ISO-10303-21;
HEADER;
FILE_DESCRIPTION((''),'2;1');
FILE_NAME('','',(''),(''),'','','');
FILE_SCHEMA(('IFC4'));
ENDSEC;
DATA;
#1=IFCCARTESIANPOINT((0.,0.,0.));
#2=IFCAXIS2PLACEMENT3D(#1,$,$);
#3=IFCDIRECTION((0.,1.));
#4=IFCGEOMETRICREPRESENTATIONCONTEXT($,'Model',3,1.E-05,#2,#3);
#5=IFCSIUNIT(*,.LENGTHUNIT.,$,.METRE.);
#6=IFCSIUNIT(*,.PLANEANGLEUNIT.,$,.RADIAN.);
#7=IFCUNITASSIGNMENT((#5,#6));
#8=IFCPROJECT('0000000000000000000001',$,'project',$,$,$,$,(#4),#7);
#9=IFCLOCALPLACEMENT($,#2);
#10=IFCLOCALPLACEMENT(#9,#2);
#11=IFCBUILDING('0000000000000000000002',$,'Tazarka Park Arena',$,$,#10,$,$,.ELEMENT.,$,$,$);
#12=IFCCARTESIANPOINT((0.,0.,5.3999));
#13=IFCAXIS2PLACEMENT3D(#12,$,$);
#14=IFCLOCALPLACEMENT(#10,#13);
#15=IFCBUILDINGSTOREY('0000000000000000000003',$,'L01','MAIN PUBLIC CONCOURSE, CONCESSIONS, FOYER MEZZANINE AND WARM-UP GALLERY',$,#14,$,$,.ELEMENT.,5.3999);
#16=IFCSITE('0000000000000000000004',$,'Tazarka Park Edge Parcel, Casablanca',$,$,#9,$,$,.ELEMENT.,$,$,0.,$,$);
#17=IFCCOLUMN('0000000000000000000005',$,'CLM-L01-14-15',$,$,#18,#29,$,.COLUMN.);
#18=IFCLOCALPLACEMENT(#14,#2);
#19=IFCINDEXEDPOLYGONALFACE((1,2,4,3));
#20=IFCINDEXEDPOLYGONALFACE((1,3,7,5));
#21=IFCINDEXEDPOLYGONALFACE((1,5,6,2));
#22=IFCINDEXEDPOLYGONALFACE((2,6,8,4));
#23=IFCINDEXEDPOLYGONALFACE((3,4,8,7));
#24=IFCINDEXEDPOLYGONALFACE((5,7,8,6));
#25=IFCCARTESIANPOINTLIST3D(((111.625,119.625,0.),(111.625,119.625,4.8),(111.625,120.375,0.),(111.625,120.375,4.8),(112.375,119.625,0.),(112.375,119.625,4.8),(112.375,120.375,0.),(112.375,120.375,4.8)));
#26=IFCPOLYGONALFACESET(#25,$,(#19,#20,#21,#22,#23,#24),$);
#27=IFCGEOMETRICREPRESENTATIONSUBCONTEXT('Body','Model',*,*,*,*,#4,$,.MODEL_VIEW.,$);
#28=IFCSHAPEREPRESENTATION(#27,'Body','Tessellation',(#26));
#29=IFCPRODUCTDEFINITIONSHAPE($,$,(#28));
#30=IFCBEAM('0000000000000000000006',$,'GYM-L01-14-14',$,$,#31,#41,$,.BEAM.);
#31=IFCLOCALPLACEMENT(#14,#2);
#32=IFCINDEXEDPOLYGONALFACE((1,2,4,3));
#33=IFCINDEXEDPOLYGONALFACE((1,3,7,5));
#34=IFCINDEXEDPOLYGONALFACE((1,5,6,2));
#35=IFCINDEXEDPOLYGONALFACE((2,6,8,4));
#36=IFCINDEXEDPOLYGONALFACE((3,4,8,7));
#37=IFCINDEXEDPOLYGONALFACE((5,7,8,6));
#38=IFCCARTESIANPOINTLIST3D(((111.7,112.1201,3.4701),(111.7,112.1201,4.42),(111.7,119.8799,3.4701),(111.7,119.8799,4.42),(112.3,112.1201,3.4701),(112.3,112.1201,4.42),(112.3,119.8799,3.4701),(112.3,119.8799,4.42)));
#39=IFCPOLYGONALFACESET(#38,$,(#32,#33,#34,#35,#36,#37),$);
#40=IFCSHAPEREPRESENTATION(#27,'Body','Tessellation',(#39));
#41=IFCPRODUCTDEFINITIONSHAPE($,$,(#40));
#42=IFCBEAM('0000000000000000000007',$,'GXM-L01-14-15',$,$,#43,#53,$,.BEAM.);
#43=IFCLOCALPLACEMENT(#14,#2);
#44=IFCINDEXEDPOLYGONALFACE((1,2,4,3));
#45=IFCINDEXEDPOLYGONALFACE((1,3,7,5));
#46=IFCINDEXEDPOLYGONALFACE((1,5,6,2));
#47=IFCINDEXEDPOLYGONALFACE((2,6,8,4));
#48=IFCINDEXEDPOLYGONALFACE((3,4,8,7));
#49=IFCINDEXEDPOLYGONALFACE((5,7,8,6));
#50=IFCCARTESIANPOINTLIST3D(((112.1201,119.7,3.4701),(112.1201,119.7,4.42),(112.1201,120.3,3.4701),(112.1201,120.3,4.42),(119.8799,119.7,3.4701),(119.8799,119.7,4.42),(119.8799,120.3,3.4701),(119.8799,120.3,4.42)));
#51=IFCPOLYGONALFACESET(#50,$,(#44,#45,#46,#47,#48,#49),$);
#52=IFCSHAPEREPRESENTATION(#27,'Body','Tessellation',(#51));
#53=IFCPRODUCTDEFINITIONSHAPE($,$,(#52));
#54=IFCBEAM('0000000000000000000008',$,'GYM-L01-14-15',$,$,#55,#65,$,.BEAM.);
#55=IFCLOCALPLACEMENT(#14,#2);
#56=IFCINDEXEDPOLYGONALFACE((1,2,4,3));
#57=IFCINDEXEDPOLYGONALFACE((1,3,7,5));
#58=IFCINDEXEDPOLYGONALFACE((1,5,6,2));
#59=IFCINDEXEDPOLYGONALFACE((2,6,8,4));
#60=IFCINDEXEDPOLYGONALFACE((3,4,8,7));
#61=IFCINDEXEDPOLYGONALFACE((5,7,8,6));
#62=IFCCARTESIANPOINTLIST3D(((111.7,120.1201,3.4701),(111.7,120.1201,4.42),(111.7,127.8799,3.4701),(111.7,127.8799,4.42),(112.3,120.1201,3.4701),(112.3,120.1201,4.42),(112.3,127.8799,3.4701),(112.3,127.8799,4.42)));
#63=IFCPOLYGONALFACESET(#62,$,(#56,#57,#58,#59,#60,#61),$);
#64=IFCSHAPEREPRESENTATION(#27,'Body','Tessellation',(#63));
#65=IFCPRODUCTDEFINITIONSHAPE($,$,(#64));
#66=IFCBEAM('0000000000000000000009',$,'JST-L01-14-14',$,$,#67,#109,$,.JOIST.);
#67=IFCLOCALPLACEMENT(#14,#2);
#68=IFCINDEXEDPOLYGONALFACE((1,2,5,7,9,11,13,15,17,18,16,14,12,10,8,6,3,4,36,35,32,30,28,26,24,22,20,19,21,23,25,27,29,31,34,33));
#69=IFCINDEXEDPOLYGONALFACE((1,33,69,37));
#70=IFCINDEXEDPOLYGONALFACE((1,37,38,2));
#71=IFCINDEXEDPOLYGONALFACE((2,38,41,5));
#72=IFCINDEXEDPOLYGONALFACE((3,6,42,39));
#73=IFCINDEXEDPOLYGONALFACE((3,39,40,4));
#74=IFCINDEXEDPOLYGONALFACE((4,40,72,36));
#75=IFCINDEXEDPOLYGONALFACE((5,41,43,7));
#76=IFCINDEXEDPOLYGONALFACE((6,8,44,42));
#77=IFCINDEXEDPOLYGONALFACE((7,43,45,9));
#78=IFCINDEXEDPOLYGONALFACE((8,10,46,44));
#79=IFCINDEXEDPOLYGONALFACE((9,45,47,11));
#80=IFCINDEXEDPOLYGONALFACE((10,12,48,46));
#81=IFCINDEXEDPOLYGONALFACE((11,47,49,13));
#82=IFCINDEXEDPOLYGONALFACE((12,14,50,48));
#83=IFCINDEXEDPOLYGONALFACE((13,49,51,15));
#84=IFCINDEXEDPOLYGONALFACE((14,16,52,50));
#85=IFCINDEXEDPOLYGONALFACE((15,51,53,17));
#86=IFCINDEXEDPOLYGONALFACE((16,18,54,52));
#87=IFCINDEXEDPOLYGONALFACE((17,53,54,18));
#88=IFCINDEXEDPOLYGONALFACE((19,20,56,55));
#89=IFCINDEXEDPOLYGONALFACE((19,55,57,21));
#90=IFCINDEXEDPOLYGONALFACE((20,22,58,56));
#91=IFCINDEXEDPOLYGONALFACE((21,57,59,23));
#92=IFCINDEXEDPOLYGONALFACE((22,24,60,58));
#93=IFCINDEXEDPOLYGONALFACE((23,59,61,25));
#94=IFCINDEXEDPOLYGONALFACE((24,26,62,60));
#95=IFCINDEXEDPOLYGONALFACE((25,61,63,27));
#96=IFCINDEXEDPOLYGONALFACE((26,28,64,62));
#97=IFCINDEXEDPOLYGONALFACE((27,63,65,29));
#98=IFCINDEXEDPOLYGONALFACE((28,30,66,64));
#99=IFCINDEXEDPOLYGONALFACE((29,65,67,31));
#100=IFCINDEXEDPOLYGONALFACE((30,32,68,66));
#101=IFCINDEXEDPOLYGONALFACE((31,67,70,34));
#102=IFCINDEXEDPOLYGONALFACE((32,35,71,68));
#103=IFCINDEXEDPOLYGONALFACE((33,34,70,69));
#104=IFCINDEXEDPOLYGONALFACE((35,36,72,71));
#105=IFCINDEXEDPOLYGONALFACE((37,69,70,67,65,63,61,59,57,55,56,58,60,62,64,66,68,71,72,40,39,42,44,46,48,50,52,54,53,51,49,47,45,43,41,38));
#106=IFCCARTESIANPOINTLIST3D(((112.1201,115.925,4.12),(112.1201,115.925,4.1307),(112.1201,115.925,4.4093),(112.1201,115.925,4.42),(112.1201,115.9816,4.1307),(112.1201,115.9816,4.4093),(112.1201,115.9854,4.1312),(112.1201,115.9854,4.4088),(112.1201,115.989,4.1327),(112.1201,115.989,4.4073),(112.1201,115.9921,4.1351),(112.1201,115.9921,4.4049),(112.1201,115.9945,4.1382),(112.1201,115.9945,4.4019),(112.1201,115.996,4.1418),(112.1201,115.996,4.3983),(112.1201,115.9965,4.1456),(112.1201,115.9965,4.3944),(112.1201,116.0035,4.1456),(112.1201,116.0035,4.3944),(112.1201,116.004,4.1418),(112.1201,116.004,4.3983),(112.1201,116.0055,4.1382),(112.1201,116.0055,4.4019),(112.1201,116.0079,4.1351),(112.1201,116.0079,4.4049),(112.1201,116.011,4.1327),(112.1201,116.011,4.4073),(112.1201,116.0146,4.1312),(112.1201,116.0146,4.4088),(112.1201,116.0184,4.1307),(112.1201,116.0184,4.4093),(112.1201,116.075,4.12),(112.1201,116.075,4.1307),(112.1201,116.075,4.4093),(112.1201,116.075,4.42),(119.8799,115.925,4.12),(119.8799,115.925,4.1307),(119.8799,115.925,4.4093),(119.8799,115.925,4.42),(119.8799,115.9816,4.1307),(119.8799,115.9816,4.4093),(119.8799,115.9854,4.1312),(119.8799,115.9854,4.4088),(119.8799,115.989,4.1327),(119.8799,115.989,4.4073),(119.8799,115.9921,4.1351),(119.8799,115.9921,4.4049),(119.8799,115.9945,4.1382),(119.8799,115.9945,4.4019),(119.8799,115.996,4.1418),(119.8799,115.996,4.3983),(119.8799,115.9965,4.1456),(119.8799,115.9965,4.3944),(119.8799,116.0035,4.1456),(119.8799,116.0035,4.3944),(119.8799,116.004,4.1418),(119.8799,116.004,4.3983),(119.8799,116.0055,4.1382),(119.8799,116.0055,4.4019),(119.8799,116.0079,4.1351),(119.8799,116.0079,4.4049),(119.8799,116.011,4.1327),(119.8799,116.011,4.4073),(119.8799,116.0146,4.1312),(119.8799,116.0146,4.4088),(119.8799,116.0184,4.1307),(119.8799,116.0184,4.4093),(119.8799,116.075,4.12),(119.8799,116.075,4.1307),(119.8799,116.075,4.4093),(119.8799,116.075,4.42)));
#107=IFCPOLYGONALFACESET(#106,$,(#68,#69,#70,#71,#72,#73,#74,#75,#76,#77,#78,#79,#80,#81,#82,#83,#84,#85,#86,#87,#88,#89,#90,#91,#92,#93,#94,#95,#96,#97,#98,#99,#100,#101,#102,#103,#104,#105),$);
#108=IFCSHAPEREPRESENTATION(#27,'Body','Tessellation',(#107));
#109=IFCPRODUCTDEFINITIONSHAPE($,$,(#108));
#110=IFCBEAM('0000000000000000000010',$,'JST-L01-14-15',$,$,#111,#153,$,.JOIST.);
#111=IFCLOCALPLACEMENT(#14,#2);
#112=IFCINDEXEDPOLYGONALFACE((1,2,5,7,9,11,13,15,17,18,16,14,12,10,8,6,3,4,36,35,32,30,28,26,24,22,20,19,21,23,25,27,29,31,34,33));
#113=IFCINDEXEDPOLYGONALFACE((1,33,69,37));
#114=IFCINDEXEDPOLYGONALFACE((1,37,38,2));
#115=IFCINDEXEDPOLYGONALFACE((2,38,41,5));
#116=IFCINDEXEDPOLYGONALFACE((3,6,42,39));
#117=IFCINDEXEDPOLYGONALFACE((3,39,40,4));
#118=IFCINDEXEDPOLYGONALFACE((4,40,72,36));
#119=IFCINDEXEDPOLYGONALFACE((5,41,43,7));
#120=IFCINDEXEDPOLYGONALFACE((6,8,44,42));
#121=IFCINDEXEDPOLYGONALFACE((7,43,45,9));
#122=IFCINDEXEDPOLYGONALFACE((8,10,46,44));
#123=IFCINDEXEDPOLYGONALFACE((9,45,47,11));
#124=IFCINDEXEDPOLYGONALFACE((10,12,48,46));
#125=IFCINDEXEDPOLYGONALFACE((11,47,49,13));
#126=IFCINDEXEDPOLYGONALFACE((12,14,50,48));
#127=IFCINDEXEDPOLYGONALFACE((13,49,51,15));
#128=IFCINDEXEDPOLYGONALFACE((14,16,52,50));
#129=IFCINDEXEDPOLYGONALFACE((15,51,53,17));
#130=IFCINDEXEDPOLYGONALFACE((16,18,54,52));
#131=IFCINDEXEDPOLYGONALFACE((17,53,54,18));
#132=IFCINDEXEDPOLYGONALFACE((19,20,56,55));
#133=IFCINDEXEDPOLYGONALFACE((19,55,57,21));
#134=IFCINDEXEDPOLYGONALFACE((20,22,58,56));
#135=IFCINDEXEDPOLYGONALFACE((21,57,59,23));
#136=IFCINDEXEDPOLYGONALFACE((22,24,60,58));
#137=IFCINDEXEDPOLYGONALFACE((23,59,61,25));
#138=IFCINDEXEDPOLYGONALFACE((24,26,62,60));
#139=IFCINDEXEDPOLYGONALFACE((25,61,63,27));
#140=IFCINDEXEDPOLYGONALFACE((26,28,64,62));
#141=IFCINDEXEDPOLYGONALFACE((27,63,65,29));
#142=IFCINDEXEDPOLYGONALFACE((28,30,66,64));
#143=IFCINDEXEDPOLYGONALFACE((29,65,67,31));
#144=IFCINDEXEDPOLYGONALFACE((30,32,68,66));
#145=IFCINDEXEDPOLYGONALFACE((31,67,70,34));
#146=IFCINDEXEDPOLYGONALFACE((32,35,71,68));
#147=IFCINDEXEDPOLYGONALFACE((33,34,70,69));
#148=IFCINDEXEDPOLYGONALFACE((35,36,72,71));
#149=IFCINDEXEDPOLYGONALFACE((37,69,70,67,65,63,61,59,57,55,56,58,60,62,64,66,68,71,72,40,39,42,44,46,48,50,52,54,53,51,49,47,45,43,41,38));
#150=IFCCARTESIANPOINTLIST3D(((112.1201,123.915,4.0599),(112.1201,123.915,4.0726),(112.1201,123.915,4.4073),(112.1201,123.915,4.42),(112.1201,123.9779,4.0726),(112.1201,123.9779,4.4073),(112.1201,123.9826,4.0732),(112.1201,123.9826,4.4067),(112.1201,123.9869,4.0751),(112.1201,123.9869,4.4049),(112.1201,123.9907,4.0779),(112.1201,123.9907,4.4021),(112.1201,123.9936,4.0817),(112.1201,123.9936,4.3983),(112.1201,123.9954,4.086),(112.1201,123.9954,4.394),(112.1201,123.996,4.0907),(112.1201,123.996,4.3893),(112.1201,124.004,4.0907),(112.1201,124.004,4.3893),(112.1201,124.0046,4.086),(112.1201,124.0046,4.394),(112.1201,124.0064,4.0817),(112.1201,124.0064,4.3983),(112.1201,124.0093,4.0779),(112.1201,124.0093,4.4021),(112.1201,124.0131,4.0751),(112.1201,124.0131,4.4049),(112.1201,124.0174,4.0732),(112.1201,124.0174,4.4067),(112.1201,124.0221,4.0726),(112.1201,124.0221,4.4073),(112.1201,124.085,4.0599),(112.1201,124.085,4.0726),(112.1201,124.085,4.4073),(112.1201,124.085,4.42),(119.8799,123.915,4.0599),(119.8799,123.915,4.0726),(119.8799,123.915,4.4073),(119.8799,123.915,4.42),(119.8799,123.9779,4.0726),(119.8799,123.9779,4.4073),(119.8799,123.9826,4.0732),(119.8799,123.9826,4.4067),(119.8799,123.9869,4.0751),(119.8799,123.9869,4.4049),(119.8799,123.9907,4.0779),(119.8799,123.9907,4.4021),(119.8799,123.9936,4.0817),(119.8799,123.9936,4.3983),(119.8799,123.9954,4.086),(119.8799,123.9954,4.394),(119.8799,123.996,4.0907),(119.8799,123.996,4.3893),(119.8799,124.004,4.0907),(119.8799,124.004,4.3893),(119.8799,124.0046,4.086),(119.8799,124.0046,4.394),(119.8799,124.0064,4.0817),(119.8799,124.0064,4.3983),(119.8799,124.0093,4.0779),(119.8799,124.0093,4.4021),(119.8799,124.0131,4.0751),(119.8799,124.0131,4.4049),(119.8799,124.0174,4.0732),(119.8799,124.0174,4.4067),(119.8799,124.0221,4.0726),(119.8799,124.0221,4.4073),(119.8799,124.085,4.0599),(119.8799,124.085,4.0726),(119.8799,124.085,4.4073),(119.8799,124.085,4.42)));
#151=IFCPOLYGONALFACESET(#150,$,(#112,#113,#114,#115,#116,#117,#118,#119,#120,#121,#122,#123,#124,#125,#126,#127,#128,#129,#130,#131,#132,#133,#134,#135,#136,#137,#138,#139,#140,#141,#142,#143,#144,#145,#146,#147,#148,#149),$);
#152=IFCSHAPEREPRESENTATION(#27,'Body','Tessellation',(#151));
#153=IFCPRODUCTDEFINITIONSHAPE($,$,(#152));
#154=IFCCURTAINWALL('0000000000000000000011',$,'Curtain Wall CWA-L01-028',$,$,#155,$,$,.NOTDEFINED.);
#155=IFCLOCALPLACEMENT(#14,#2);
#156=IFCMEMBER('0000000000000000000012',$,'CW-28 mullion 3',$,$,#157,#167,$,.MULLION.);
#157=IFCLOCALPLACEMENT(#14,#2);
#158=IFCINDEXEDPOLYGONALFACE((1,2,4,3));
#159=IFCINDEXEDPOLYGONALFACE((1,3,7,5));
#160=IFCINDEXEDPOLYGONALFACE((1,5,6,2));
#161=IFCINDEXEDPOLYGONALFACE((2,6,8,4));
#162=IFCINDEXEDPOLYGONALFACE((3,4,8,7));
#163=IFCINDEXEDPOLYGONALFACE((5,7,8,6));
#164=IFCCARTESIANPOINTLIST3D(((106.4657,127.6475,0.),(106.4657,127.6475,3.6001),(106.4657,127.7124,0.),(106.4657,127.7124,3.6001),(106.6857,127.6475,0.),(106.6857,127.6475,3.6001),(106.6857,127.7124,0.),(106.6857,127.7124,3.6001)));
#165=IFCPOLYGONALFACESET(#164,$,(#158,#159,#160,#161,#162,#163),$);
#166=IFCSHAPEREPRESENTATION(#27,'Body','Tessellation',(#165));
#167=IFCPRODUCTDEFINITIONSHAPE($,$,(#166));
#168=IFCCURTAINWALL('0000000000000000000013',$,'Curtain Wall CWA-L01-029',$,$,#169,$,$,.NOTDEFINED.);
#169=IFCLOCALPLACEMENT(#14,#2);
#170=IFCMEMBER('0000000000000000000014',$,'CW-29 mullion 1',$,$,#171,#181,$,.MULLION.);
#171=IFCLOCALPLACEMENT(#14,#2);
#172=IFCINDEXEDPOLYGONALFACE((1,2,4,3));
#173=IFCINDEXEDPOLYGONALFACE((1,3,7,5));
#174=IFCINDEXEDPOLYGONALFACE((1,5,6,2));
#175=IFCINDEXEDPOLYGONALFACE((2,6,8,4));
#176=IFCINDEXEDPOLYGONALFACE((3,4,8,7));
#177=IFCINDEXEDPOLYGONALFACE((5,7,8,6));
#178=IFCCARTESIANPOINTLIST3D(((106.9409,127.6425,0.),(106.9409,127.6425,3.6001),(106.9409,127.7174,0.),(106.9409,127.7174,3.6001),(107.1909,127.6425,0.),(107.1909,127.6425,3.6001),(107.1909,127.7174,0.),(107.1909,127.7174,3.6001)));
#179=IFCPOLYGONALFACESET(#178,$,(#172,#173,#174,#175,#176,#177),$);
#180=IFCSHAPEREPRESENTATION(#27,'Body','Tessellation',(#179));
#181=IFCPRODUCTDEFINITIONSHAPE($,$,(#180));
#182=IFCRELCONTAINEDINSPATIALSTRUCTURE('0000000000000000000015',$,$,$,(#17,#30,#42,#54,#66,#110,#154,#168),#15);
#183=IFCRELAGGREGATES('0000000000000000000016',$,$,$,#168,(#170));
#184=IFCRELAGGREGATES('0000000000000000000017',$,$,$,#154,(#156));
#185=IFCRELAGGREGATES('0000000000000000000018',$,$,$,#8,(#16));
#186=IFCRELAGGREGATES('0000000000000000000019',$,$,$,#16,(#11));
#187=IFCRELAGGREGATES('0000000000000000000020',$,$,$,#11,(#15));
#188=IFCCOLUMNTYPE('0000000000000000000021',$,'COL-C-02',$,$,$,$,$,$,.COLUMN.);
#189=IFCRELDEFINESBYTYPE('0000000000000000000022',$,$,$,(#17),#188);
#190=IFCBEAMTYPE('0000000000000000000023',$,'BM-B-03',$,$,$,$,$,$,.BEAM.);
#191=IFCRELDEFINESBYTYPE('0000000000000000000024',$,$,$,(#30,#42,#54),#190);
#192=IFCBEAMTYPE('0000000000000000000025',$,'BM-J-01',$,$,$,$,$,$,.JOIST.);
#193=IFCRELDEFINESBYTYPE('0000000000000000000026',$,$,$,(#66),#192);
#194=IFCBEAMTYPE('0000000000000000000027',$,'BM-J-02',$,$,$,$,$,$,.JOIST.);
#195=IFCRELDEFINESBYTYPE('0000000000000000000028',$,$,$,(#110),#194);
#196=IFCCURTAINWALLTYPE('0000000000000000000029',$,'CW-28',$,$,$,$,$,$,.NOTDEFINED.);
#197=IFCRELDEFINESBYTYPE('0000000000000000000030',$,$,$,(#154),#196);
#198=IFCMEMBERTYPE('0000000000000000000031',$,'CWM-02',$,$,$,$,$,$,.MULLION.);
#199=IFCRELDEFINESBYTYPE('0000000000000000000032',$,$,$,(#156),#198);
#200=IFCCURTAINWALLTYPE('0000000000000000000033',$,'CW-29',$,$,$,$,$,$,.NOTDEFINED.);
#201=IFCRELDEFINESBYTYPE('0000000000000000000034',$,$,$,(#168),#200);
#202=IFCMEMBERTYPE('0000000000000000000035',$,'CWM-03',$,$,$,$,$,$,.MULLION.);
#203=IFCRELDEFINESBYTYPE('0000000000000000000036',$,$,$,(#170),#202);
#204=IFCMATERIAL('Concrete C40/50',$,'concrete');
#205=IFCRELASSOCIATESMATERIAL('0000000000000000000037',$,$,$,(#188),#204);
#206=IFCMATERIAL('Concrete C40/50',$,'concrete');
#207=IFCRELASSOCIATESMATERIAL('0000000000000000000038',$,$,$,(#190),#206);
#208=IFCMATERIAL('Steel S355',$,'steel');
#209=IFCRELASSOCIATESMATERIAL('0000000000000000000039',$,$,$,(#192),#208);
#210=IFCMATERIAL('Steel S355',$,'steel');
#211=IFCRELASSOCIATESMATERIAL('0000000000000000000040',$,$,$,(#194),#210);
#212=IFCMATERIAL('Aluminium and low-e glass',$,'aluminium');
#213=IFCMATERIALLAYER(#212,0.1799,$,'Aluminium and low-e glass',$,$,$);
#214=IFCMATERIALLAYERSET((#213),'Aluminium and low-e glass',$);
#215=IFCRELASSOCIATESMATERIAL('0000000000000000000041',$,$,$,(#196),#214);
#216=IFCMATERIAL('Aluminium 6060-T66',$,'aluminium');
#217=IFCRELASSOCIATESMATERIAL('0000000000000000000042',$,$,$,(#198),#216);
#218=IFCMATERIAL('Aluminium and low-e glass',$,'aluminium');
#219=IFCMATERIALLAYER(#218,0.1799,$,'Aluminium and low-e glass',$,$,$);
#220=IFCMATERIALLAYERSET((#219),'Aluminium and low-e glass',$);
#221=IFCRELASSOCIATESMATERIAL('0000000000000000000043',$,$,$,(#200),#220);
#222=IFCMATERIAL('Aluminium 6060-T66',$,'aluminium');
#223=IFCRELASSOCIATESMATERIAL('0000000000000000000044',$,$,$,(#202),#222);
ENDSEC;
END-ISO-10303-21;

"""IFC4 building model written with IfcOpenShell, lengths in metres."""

from ifc_helpers import new_model, si_unit, direction, frame, origin, origin_2d, place, context, subcontext, project, spatial, rectangle, i_section, extrude, material, layer, layer_set, material_profile, profile_set, type_object, element, aggregate, save


model = new_model("IFC4")

# Units and contexts
model_context = context("Model", 3, precision=1e-05, world=origin(), true_north=direction((0.0, 1.0)))
body_context = subcontext(model_context, "Body", "Model", "MODEL_VIEW")
ifc_project = project(units=[si_unit("LENGTHUNIT", "METRE"), si_unit("PLANEANGLEUNIT", "RADIAN")], contexts=[model_context])

# Site, building, storey
site_placement = place(None, origin())
site = spatial("IfcSite", under=ifc_project, at=site_placement, Name="Tazarka Park Edge Parcel, Casablanca", CompositionType="ELEMENT", RefElevation=0.0)
building_placement = place(site_placement, origin())
building = spatial("IfcBuilding", under=site, at=building_placement, Name="Tazarka Park Arena", CompositionType="ELEMENT")
storey_placement = place(building_placement, frame((0.0, 0.0, 5.3999)))
storey = spatial("IfcBuildingStorey", under=building, at=storey_placement, Name="L01", Description="MAIN PUBLIC CONCOURSE, CONCESSIONS, FOYER MEZZANINE AND WARM-UP GALLERY", CompositionType="ELEMENT", Elevation=5.3999)

# Column
ifc_material_1 = material(Name="Concrete C40/50", Category="concrete")
ifc_material_profile_1 = material_profile(ifc_material_1, rectangle(XDim=0.75, YDim=0.75, at=origin_2d()), Name="Concrete C40/50")
ifc_profile_set_1 = profile_set([ifc_material_profile_1], Name="Concrete C40/50")
column_type = type_object("IfcColumnType", Name="COL-C-02", PredefinedType="COLUMN", material=ifc_profile_set_1)
column_placement = place(storey_placement, frame((112.0, 120.0, 0.0), z_axis=(0.0, 0.0, 1.0), x_axis=(1.0, 0.0, 0.0)))
element("IfcColumn", 1, at=column_placement, inside=storey, type_object=column_type, Name="CLM-L01-14-15", PredefinedType="COLUMN", context=body_context, shape_type="SweptSolid", body=[
    extrude(rectangle(XDim=0.75, YDim=0.75, at=origin_2d()), origin(), (0.0, 0.0, 1.0), 4.8),
])

# Beams
ifc_material_2 = material(Name="Concrete C40/50", Category="concrete")
ifc_material_profile_2 = material_profile(ifc_material_2, rectangle(XDim=0.6001, YDim=0.95, at=origin_2d()), Name="Concrete C40/50")
ifc_profile_set_2 = profile_set([ifc_material_profile_2], Name="Concrete C40/50")
beam_type_1 = type_object("IfcBeamType", Name="BM-B-03", PredefinedType="BEAM", material=ifc_profile_set_2)
for number, where, z_axis, x_axis, name in (
    (2, (112.0, 112.1201, 3.9451), (0.0, 1.0, 0.0), (-1.0, 0.0, 0.0), "GYM-L01-14-14"),
    (3, (112.1201, 120.0, 3.9451), (1.0, 0.0, 0.0), (0.0, 1.0, 0.0), "GXM-L01-14-15"),
    (4, (112.0, 120.1201, 3.9451), (0.0, 1.0, 0.0), (-1.0, 0.0, 0.0), "GYM-L01-14-15"),
):
    element("IfcBeam", number, at=place(storey_placement, frame(where, z_axis=z_axis, x_axis=x_axis)), inside=storey, type_object=beam_type_1, Name=name, PredefinedType="BEAM", context=body_context, shape_type="SweptSolid", body=[
        extrude(rectangle(XDim=0.6001, YDim=0.95, at=origin_2d()), origin(), (0.0, 0.0, 1.0), 7.7598),
    ])
ifc_material_3 = material(Name="Steel S355", Category="steel")
ifc_material_profile_3 = material_profile(ifc_material_3, i_section(OverallWidth=0.1499, OverallDepth=0.3, WebThickness=0.0071, FlangeThickness=0.0107, FilletRadius=0.0149, at=origin_2d()), Name="Steel S355")
ifc_profile_set_3 = profile_set([ifc_material_profile_3], Name="Steel S355")
beam_type_2 = type_object("IfcBeamType", Name="BM-J-01", PredefinedType="JOIST", material=ifc_profile_set_3)
beam_1_placement = place(storey_placement, frame((112.1201, 116.0, 4.27), z_axis=(1.0, 0.0, 0.0), x_axis=(0.0, 1.0, 0.0)))
element("IfcBeam", 5, at=beam_1_placement, inside=storey, type_object=beam_type_2, Name="JST-L01-14-14", PredefinedType="JOIST", context=body_context, shape_type="SweptSolid", body=[
    extrude(i_section(OverallWidth=0.1499, OverallDepth=0.3, WebThickness=0.0071, FlangeThickness=0.0107, FilletRadius=0.0149, at=origin_2d()), origin(), (0.0, 0.0, 1.0), 7.7598),
])
ifc_material_4 = material(Name="Steel S355", Category="steel")
ifc_material_profile_4 = material_profile(ifc_material_4, i_section(OverallWidth=0.1699, OverallDepth=0.3601, WebThickness=0.0081, FlangeThickness=0.0127, FilletRadius=0.0181, at=origin_2d()), Name="Steel S355")
ifc_profile_set_4 = profile_set([ifc_material_profile_4], Name="Steel S355")
beam_type_3 = type_object("IfcBeamType", Name="BM-J-02", PredefinedType="JOIST", material=ifc_profile_set_4)
beam_2_placement = place(storey_placement, frame((112.1201, 124.0, 4.24), z_axis=(1.0, 0.0, 0.0), x_axis=(0.0, 1.0, 0.0)))
element("IfcBeam", 6, at=beam_2_placement, inside=storey, type_object=beam_type_3, Name="JST-L01-14-15", PredefinedType="JOIST", context=body_context, shape_type="SweptSolid", body=[
    extrude(i_section(OverallWidth=0.1699, OverallDepth=0.3601, WebThickness=0.0081, FlangeThickness=0.0127, FilletRadius=0.0181, at=origin_2d()), origin(), (0.0, 0.0, 1.0), 7.7598),
])

# Curtain walls, members
ifc_material_5 = material(Name="Aluminium and low-e glass", Category="aluminium")
ifc_layer_1 = layer(ifc_material_5, 0.1799, Name="Aluminium and low-e glass")
ifc_layer_set_1 = layer_set([ifc_layer_1], Name="Aluminium and low-e glass")
curtain_wall_type_1 = type_object("IfcCurtainWallType", Name="CW-28", PredefinedType="NOTDEFINED", material=ifc_layer_set_1)
curtain_wall_1_placement = place(storey_placement, origin())
curtain_wall_1 = element("IfcCurtainWall", 7, at=curtain_wall_1_placement, inside=storey, type_object=curtain_wall_type_1, Name="Curtain Wall CWA-L01-028", PredefinedType="NOTDEFINED")
ifc_material_6 = material(Name="Aluminium 6060-T66", Category="aluminium")
ifc_material_profile_5 = material_profile(ifc_material_6, rectangle(XDim=0.0649, YDim=0.22, at=origin_2d()), Name="Aluminium 6060-T66")
ifc_profile_set_5 = profile_set([ifc_material_profile_5], Name="Aluminium 6060-T66")
member_type_1 = type_object("IfcMemberType", Name="CWM-02", PredefinedType="MULLION", material=ifc_profile_set_5)
member_1_placement = place(storey_placement, frame((106.5757, 127.6799, 0.0), z_axis=(0.0, 0.0, 1.0), x_axis=(0.0, 1.0, 0.0)))
member_1 = element("IfcMember", 8, at=member_1_placement, type_object=member_type_1, Name="CW-28 mullion 3", PredefinedType="MULLION", context=body_context, shape_type="SweptSolid", body=[
    extrude(rectangle(XDim=0.0649, YDim=0.22, at=origin_2d()), origin(), (0.0, 0.0, 1.0), 3.6001),
])
ifc_material_7 = material(Name="Aluminium and low-e glass", Category="aluminium")
ifc_layer_2 = layer(ifc_material_7, 0.1799, Name="Aluminium and low-e glass")
ifc_layer_set_2 = layer_set([ifc_layer_2], Name="Aluminium and low-e glass")
curtain_wall_type_2 = type_object("IfcCurtainWallType", Name="CW-29", PredefinedType="NOTDEFINED", material=ifc_layer_set_2)
curtain_wall_2_placement = place(storey_placement, origin())
curtain_wall_2 = element("IfcCurtainWall", 9, at=curtain_wall_2_placement, inside=storey, type_object=curtain_wall_type_2, Name="Curtain Wall CWA-L01-029", PredefinedType="NOTDEFINED")
ifc_material_8 = material(Name="Aluminium 6060-T66", Category="aluminium")
ifc_material_profile_6 = material_profile(ifc_material_8, rectangle(XDim=0.075, YDim=0.25, at=origin_2d()), Name="Aluminium 6060-T66")
ifc_profile_set_6 = profile_set([ifc_material_profile_6], Name="Aluminium 6060-T66")
member_type_2 = type_object("IfcMemberType", Name="CWM-03", PredefinedType="MULLION", material=ifc_profile_set_6)
member_2_placement = place(storey_placement, frame((107.0659, 127.6799, 0.0), z_axis=(0.0, 0.0, 1.0), x_axis=(0.0, 1.0, 0.0)))
member_2 = element("IfcMember", 10, at=member_2_placement, type_object=member_type_2, Name="CW-29 mullion 1", PredefinedType="MULLION", context=body_context, shape_type="SweptSolid", body=[
    extrude(rectangle(XDim=0.075, YDim=0.25, at=origin_2d()), origin(), (0.0, 0.0, 1.0), 3.6001),
])

aggregate(curtain_wall_2, [member_2])

aggregate(curtain_wall_1, [member_1])

save(model, "model.ifc")
